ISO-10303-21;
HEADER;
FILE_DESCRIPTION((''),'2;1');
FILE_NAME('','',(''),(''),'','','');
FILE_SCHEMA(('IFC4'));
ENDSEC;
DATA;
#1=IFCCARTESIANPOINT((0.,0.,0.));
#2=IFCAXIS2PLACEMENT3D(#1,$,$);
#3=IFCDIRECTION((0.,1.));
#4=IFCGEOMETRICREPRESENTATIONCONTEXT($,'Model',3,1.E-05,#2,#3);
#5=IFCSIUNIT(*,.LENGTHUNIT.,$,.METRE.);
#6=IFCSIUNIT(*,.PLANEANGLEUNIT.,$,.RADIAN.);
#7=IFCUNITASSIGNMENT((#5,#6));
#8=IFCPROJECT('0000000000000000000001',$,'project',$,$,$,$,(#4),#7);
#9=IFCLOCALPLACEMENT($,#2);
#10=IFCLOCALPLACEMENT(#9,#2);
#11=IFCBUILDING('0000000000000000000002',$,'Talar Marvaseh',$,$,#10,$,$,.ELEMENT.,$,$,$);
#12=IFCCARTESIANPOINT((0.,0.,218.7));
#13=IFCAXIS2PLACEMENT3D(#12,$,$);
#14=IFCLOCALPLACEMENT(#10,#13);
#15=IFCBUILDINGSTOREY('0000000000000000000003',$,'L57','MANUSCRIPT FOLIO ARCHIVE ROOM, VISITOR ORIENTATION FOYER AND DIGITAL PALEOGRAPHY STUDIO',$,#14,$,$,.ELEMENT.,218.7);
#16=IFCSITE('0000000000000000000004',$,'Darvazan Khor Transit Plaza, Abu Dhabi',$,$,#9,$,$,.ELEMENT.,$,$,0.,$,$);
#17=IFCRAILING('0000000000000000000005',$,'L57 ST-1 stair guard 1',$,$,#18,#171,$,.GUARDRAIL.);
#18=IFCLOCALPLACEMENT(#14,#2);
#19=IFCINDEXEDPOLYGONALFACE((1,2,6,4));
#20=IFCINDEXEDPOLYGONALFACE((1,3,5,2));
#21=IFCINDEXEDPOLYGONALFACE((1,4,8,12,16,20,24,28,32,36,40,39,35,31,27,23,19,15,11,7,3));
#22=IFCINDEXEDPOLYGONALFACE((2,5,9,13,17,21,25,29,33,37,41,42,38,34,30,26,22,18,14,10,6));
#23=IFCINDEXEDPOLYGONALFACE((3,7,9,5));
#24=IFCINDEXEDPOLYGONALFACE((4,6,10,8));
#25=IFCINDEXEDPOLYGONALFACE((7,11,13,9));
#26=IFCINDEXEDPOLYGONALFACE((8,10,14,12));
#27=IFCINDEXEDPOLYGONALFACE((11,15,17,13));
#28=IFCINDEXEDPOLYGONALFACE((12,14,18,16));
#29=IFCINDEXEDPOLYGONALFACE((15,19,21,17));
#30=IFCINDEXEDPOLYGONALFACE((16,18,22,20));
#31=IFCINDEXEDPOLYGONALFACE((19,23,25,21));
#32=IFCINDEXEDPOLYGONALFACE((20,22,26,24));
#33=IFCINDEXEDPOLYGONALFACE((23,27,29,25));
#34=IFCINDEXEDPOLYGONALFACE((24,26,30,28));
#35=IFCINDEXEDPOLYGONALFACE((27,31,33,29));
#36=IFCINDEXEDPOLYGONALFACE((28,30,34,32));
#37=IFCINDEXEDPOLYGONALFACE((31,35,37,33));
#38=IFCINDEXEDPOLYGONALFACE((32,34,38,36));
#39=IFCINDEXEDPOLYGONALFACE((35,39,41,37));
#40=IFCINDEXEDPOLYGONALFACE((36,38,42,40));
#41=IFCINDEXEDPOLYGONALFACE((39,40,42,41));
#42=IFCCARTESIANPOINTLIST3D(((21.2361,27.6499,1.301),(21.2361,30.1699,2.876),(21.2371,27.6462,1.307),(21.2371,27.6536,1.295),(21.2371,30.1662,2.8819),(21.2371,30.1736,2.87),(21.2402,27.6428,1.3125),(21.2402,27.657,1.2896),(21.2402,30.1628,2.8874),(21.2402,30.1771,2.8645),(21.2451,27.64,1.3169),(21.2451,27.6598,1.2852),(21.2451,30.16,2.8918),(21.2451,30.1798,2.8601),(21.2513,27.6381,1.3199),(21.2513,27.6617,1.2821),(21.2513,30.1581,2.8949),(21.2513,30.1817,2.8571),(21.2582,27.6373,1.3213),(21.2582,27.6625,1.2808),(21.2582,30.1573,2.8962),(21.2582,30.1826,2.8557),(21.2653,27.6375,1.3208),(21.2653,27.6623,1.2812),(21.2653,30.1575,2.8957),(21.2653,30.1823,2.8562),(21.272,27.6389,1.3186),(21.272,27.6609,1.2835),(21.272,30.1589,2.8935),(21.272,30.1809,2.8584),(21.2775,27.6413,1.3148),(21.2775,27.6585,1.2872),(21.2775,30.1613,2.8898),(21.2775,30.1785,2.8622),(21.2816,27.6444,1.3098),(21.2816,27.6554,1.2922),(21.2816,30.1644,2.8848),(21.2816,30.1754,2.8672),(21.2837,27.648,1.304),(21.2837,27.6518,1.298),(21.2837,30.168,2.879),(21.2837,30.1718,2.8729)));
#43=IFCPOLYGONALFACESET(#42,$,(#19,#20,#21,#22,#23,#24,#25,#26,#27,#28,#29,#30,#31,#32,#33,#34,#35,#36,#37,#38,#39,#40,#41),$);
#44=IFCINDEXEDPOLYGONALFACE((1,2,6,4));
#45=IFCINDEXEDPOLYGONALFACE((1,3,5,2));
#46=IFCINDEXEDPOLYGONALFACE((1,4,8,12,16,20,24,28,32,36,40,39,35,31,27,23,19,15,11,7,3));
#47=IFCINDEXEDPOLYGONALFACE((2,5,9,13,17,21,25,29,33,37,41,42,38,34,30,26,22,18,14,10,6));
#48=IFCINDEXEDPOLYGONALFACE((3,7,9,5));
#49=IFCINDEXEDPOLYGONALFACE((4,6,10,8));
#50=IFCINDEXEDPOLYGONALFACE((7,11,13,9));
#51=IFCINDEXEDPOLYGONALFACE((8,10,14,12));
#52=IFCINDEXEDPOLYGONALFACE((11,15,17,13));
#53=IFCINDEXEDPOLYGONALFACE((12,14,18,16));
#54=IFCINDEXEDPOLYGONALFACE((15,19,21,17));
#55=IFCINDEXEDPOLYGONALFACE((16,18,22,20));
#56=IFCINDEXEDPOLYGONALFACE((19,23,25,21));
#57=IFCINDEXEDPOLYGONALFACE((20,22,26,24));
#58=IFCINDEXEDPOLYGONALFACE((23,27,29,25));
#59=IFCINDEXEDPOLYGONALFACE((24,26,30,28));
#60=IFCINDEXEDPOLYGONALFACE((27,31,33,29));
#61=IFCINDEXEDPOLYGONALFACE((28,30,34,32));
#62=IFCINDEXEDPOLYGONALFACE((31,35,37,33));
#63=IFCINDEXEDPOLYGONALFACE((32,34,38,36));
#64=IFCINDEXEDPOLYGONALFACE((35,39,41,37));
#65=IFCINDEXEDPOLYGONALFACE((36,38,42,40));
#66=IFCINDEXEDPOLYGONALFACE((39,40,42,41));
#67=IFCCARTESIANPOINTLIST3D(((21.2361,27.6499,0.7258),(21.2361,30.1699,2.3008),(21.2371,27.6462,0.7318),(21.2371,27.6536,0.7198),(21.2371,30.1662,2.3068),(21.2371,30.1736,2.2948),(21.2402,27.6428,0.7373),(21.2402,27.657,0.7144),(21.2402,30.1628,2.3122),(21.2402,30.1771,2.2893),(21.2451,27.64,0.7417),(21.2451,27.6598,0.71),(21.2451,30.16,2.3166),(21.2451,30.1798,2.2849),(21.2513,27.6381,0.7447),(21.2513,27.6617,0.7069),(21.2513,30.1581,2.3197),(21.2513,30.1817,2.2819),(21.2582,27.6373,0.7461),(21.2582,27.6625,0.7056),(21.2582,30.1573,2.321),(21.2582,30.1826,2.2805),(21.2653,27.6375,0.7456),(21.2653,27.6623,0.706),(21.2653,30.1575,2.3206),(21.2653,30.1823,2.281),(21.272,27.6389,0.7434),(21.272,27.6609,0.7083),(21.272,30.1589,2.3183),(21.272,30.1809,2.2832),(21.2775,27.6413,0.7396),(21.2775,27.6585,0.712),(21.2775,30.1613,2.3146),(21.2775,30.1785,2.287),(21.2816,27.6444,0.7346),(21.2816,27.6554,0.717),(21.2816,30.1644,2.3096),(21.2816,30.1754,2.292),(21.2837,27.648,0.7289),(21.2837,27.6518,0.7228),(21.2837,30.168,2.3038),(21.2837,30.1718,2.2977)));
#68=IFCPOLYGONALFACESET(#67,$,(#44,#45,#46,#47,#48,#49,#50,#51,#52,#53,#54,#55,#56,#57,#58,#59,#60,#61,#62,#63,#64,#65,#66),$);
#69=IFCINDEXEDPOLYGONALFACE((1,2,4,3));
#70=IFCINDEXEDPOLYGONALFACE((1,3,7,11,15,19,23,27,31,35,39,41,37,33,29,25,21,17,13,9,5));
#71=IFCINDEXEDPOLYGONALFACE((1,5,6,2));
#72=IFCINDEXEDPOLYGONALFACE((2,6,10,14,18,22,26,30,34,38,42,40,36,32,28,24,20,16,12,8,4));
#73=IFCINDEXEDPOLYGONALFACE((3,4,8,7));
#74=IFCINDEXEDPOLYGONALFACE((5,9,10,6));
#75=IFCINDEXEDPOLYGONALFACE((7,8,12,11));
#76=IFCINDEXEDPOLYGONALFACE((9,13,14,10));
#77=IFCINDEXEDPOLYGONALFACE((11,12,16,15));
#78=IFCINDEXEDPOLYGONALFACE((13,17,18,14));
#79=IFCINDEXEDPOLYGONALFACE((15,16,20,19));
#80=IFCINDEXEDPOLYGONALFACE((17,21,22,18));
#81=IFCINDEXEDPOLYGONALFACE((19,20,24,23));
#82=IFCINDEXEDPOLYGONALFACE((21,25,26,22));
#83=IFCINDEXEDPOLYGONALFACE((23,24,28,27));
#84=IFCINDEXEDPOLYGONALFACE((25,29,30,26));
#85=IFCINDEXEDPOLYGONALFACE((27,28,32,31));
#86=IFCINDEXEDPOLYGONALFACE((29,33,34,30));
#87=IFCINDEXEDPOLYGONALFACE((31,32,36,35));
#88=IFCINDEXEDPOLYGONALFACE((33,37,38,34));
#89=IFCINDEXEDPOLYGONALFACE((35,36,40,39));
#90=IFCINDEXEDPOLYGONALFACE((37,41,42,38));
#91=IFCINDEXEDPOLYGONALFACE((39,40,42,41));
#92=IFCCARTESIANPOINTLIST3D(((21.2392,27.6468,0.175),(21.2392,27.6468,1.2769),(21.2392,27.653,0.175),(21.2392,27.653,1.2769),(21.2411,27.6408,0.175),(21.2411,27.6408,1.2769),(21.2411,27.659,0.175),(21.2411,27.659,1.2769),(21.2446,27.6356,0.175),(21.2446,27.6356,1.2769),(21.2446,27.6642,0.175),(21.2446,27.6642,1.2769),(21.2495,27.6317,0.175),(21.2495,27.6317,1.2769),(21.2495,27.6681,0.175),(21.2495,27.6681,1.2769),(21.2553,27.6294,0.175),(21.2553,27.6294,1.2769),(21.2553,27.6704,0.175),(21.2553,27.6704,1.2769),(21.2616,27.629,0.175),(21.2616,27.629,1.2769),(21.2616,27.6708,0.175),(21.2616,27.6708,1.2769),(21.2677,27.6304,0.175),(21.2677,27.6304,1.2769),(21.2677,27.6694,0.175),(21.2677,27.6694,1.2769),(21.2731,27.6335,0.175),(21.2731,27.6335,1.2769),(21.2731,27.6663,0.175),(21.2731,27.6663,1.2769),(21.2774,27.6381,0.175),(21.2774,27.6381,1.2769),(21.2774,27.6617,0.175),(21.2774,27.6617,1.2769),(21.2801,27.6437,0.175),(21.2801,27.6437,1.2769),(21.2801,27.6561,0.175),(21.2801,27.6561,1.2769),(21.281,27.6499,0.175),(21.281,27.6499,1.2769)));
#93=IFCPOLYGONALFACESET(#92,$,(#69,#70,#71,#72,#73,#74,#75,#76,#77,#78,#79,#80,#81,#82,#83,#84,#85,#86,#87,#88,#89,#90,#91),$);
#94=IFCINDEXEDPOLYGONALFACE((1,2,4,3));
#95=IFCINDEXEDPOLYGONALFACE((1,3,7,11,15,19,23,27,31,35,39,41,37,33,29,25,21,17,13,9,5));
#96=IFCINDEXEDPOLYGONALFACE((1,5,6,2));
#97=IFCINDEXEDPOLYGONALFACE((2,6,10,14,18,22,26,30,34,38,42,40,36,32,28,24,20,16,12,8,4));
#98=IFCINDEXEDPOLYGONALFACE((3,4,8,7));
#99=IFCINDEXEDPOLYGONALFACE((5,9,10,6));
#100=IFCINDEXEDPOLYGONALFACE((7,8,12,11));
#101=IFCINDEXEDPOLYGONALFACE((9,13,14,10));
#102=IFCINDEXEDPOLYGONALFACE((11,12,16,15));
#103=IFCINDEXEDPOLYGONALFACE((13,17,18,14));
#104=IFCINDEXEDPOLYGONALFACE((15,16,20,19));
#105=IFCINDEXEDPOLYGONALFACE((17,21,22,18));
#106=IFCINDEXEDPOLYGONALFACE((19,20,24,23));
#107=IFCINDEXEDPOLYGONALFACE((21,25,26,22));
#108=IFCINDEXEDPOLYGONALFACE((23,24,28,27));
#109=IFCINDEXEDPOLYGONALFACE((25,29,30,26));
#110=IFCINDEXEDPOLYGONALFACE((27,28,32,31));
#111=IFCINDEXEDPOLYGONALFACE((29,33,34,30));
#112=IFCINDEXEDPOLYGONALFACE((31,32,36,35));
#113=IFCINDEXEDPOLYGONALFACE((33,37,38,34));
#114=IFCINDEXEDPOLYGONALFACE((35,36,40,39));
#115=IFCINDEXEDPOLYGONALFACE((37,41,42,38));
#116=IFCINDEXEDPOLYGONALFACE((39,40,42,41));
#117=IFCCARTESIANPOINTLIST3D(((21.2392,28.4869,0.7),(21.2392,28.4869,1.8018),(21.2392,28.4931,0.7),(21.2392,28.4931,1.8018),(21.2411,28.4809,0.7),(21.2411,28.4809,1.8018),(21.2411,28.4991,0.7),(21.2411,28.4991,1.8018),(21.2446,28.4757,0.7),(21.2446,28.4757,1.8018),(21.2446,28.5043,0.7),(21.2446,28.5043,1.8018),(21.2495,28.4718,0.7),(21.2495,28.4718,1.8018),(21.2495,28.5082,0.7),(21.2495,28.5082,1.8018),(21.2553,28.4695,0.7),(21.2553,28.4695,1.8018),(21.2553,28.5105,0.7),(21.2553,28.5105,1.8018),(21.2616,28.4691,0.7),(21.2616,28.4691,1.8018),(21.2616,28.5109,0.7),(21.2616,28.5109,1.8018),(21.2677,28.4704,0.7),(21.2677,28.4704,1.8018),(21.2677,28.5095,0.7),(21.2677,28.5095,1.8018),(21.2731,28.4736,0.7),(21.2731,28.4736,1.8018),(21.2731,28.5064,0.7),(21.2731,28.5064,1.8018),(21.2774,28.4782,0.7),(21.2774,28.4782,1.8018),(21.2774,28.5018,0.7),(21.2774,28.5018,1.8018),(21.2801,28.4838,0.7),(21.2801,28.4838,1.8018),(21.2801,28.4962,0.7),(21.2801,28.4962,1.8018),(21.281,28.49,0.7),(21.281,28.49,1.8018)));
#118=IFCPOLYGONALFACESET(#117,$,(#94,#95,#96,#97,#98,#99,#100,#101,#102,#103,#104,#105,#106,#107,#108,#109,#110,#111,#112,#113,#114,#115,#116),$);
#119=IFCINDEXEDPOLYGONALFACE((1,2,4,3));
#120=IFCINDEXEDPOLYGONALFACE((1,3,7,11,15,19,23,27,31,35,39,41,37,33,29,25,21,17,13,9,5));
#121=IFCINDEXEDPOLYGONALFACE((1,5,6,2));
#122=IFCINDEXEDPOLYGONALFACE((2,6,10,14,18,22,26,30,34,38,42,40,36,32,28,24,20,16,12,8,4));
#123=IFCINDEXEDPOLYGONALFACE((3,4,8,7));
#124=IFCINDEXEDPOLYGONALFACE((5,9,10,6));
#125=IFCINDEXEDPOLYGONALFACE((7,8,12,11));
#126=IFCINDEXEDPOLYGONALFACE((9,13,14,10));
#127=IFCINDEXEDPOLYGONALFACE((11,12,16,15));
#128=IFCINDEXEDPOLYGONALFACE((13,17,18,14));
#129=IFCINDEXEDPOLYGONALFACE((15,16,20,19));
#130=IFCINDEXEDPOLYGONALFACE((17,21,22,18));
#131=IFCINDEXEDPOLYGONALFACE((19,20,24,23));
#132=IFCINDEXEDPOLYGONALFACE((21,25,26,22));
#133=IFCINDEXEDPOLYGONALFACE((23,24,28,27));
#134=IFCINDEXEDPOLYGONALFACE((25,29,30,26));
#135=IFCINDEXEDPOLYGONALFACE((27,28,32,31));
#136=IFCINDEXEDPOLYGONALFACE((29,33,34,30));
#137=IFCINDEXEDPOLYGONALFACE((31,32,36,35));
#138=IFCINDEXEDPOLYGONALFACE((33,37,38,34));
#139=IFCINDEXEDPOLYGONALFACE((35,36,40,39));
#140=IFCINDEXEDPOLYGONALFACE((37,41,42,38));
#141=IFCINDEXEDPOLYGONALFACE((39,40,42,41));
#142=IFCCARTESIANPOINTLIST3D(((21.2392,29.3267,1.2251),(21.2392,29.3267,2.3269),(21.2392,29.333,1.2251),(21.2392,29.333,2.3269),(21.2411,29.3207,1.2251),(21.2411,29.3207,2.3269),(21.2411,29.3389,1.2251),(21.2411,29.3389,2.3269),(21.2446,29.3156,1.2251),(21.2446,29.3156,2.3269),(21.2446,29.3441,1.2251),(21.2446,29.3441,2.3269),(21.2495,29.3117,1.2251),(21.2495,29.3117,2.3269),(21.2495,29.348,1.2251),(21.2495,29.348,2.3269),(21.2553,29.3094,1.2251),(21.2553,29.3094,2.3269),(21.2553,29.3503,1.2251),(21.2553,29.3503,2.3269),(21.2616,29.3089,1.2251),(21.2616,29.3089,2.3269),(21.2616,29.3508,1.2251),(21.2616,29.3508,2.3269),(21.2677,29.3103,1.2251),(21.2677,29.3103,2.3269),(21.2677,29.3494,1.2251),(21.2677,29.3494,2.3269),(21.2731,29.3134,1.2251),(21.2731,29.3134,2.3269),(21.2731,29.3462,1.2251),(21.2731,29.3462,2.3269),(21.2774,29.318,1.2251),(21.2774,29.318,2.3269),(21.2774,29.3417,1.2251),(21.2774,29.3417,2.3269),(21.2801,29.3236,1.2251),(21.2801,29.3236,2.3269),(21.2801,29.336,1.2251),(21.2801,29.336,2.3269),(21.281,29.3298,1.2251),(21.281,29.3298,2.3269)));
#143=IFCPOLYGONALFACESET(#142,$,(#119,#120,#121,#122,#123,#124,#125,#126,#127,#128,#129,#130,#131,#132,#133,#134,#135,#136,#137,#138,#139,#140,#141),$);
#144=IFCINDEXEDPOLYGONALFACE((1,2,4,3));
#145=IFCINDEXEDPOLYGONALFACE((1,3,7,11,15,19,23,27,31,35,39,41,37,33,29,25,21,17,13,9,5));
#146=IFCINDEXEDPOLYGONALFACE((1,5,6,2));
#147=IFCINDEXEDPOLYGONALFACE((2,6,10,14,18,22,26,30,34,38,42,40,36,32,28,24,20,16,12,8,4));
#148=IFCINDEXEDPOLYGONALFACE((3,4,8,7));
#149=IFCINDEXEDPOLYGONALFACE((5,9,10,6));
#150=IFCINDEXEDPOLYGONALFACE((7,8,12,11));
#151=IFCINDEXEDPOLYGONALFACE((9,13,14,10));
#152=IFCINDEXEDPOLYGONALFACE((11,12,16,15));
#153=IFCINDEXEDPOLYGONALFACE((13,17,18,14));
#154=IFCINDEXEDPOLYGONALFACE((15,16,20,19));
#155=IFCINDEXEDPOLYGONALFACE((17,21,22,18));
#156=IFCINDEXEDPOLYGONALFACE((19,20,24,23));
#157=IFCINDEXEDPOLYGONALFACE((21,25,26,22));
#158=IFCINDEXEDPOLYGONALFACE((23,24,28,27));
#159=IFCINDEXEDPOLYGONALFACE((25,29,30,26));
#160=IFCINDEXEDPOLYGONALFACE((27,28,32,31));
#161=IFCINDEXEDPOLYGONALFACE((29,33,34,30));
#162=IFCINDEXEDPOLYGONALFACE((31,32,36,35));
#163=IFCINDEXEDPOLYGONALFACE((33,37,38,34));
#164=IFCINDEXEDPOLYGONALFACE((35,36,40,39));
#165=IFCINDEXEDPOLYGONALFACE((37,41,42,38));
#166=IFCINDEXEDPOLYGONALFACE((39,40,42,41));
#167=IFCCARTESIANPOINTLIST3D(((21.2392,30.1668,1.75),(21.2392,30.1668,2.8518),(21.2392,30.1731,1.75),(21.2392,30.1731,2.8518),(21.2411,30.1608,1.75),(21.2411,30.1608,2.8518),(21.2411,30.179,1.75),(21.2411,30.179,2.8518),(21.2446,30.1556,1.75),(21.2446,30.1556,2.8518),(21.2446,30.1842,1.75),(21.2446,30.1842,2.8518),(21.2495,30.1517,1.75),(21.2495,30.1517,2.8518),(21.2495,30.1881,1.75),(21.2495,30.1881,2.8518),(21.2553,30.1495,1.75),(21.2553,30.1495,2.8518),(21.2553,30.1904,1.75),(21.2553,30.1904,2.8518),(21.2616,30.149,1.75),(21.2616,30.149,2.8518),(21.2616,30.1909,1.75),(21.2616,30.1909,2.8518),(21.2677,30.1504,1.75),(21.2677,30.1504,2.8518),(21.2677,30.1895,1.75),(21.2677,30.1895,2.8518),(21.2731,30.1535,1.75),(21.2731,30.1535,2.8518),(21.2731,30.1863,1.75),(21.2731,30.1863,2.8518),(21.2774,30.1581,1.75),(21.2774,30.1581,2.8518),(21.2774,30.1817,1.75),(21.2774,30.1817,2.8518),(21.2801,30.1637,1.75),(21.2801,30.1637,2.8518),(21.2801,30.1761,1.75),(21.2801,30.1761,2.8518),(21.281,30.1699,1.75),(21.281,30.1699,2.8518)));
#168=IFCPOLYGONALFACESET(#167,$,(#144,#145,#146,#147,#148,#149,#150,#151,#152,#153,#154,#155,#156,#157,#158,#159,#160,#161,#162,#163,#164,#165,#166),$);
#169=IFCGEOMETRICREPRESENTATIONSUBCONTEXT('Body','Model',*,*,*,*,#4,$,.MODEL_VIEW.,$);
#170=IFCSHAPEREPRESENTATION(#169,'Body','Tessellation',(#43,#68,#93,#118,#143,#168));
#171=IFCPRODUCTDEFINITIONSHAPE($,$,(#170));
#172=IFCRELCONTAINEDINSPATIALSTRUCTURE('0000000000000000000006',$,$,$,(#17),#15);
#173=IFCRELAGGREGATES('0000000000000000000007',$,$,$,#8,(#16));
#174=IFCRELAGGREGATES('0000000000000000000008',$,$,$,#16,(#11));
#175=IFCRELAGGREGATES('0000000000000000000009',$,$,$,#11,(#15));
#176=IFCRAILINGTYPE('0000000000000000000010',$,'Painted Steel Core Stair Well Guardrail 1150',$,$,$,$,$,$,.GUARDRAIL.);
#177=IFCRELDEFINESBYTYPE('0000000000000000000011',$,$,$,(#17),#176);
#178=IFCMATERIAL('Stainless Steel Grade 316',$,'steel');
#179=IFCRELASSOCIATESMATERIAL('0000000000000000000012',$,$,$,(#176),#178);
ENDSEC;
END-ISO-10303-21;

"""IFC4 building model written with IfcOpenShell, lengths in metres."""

from ifc_helpers import new_model, si_unit, direction, frame, origin, origin_2d, place, context, subcontext, project, spatial, circle, extrude, material, type_object, element, save


model = new_model("IFC4")

# Units and contexts
model_context = context("Model", 3, precision=1e-05, world=origin(), true_north=direction((0.0, 1.0)))
body_context = subcontext(model_context, "Body", "Model", "MODEL_VIEW")
ifc_project = project(units=[si_unit("LENGTHUNIT", "METRE"), si_unit("PLANEANGLEUNIT", "RADIAN")], contexts=[model_context])

# Site, building, storey
site_placement = place(None, origin())
site = spatial("IfcSite", under=ifc_project, at=site_placement, Name="Darvazan Khor Transit Plaza, Abu Dhabi", CompositionType="ELEMENT", RefElevation=0.0)
building_placement = place(site_placement, origin())
building = spatial("IfcBuilding", under=site, at=building_placement, Name="Talar Marvaseh", CompositionType="ELEMENT")
storey_placement = place(building_placement, frame((0.0, 0.0, 218.7)))
storey = spatial("IfcBuildingStorey", under=building, at=storey_placement, Name="L57", Description="MANUSCRIPT FOLIO ARCHIVE ROOM, VISITOR ORIENTATION FOYER AND DIGITAL PALEOGRAPHY STUDIO", CompositionType="ELEMENT", Elevation=218.7)

# Railing
ifc_material_1 = material(Name="Stainless Steel Grade 316", Category="steel")
railing_type_1 = type_object("IfcRailingType", Name="Painted Steel Core Stair Well Guardrail 1150", PredefinedType="GUARDRAIL", material=ifc_material_1)
railing_1_placement = place(storey_placement, frame((21.26, 27.6499, 0.175)))
element("IfcRailing", 1, at=railing_1_placement, inside=storey, type_object=railing_type_1, Name="L57 ST-1 stair guard 1", PredefinedType="GUARDRAIL", context=body_context, shape_type="SweptSolid", body=[
    extrude(circle(Radius=0.0239, at=origin_2d()), frame((0.0, 0.0, 1.126), z_axis=(0.0, 0.848008, 0.529984), x_axis=(-1.0, 0.0, 0.0)), (0.0, 0.0, 1.0), 2.9717),
    extrude(circle(Radius=0.0239, at=origin_2d()), frame((0.0, 0.0, 0.5508), z_axis=(0.0, 0.848008, 0.529984), x_axis=(-1.0, 0.0, 0.0)), (0.0, 0.0, 1.0), 2.9717),
    extrude(circle(Radius=0.021, at=origin_2d()), origin(), (0.0, 0.0, 1.0), 1.1018),
    extrude(circle(Radius=0.021, at=origin_2d()), frame((0.0, 0.8401, 0.5249)), (0.0, 0.0, 1.0), 1.1018),
    extrude(circle(Radius=0.021, at=origin_2d()), frame((0.0, 1.6799, 1.05)), (0.0, 0.0, 1.0), 1.1018),
    extrude(circle(Radius=0.021, at=origin_2d()), frame((0.0, 2.52, 1.575)), (0.0, 0.0, 1.0), 1.1018),
])

save(model, "model.ifc")
